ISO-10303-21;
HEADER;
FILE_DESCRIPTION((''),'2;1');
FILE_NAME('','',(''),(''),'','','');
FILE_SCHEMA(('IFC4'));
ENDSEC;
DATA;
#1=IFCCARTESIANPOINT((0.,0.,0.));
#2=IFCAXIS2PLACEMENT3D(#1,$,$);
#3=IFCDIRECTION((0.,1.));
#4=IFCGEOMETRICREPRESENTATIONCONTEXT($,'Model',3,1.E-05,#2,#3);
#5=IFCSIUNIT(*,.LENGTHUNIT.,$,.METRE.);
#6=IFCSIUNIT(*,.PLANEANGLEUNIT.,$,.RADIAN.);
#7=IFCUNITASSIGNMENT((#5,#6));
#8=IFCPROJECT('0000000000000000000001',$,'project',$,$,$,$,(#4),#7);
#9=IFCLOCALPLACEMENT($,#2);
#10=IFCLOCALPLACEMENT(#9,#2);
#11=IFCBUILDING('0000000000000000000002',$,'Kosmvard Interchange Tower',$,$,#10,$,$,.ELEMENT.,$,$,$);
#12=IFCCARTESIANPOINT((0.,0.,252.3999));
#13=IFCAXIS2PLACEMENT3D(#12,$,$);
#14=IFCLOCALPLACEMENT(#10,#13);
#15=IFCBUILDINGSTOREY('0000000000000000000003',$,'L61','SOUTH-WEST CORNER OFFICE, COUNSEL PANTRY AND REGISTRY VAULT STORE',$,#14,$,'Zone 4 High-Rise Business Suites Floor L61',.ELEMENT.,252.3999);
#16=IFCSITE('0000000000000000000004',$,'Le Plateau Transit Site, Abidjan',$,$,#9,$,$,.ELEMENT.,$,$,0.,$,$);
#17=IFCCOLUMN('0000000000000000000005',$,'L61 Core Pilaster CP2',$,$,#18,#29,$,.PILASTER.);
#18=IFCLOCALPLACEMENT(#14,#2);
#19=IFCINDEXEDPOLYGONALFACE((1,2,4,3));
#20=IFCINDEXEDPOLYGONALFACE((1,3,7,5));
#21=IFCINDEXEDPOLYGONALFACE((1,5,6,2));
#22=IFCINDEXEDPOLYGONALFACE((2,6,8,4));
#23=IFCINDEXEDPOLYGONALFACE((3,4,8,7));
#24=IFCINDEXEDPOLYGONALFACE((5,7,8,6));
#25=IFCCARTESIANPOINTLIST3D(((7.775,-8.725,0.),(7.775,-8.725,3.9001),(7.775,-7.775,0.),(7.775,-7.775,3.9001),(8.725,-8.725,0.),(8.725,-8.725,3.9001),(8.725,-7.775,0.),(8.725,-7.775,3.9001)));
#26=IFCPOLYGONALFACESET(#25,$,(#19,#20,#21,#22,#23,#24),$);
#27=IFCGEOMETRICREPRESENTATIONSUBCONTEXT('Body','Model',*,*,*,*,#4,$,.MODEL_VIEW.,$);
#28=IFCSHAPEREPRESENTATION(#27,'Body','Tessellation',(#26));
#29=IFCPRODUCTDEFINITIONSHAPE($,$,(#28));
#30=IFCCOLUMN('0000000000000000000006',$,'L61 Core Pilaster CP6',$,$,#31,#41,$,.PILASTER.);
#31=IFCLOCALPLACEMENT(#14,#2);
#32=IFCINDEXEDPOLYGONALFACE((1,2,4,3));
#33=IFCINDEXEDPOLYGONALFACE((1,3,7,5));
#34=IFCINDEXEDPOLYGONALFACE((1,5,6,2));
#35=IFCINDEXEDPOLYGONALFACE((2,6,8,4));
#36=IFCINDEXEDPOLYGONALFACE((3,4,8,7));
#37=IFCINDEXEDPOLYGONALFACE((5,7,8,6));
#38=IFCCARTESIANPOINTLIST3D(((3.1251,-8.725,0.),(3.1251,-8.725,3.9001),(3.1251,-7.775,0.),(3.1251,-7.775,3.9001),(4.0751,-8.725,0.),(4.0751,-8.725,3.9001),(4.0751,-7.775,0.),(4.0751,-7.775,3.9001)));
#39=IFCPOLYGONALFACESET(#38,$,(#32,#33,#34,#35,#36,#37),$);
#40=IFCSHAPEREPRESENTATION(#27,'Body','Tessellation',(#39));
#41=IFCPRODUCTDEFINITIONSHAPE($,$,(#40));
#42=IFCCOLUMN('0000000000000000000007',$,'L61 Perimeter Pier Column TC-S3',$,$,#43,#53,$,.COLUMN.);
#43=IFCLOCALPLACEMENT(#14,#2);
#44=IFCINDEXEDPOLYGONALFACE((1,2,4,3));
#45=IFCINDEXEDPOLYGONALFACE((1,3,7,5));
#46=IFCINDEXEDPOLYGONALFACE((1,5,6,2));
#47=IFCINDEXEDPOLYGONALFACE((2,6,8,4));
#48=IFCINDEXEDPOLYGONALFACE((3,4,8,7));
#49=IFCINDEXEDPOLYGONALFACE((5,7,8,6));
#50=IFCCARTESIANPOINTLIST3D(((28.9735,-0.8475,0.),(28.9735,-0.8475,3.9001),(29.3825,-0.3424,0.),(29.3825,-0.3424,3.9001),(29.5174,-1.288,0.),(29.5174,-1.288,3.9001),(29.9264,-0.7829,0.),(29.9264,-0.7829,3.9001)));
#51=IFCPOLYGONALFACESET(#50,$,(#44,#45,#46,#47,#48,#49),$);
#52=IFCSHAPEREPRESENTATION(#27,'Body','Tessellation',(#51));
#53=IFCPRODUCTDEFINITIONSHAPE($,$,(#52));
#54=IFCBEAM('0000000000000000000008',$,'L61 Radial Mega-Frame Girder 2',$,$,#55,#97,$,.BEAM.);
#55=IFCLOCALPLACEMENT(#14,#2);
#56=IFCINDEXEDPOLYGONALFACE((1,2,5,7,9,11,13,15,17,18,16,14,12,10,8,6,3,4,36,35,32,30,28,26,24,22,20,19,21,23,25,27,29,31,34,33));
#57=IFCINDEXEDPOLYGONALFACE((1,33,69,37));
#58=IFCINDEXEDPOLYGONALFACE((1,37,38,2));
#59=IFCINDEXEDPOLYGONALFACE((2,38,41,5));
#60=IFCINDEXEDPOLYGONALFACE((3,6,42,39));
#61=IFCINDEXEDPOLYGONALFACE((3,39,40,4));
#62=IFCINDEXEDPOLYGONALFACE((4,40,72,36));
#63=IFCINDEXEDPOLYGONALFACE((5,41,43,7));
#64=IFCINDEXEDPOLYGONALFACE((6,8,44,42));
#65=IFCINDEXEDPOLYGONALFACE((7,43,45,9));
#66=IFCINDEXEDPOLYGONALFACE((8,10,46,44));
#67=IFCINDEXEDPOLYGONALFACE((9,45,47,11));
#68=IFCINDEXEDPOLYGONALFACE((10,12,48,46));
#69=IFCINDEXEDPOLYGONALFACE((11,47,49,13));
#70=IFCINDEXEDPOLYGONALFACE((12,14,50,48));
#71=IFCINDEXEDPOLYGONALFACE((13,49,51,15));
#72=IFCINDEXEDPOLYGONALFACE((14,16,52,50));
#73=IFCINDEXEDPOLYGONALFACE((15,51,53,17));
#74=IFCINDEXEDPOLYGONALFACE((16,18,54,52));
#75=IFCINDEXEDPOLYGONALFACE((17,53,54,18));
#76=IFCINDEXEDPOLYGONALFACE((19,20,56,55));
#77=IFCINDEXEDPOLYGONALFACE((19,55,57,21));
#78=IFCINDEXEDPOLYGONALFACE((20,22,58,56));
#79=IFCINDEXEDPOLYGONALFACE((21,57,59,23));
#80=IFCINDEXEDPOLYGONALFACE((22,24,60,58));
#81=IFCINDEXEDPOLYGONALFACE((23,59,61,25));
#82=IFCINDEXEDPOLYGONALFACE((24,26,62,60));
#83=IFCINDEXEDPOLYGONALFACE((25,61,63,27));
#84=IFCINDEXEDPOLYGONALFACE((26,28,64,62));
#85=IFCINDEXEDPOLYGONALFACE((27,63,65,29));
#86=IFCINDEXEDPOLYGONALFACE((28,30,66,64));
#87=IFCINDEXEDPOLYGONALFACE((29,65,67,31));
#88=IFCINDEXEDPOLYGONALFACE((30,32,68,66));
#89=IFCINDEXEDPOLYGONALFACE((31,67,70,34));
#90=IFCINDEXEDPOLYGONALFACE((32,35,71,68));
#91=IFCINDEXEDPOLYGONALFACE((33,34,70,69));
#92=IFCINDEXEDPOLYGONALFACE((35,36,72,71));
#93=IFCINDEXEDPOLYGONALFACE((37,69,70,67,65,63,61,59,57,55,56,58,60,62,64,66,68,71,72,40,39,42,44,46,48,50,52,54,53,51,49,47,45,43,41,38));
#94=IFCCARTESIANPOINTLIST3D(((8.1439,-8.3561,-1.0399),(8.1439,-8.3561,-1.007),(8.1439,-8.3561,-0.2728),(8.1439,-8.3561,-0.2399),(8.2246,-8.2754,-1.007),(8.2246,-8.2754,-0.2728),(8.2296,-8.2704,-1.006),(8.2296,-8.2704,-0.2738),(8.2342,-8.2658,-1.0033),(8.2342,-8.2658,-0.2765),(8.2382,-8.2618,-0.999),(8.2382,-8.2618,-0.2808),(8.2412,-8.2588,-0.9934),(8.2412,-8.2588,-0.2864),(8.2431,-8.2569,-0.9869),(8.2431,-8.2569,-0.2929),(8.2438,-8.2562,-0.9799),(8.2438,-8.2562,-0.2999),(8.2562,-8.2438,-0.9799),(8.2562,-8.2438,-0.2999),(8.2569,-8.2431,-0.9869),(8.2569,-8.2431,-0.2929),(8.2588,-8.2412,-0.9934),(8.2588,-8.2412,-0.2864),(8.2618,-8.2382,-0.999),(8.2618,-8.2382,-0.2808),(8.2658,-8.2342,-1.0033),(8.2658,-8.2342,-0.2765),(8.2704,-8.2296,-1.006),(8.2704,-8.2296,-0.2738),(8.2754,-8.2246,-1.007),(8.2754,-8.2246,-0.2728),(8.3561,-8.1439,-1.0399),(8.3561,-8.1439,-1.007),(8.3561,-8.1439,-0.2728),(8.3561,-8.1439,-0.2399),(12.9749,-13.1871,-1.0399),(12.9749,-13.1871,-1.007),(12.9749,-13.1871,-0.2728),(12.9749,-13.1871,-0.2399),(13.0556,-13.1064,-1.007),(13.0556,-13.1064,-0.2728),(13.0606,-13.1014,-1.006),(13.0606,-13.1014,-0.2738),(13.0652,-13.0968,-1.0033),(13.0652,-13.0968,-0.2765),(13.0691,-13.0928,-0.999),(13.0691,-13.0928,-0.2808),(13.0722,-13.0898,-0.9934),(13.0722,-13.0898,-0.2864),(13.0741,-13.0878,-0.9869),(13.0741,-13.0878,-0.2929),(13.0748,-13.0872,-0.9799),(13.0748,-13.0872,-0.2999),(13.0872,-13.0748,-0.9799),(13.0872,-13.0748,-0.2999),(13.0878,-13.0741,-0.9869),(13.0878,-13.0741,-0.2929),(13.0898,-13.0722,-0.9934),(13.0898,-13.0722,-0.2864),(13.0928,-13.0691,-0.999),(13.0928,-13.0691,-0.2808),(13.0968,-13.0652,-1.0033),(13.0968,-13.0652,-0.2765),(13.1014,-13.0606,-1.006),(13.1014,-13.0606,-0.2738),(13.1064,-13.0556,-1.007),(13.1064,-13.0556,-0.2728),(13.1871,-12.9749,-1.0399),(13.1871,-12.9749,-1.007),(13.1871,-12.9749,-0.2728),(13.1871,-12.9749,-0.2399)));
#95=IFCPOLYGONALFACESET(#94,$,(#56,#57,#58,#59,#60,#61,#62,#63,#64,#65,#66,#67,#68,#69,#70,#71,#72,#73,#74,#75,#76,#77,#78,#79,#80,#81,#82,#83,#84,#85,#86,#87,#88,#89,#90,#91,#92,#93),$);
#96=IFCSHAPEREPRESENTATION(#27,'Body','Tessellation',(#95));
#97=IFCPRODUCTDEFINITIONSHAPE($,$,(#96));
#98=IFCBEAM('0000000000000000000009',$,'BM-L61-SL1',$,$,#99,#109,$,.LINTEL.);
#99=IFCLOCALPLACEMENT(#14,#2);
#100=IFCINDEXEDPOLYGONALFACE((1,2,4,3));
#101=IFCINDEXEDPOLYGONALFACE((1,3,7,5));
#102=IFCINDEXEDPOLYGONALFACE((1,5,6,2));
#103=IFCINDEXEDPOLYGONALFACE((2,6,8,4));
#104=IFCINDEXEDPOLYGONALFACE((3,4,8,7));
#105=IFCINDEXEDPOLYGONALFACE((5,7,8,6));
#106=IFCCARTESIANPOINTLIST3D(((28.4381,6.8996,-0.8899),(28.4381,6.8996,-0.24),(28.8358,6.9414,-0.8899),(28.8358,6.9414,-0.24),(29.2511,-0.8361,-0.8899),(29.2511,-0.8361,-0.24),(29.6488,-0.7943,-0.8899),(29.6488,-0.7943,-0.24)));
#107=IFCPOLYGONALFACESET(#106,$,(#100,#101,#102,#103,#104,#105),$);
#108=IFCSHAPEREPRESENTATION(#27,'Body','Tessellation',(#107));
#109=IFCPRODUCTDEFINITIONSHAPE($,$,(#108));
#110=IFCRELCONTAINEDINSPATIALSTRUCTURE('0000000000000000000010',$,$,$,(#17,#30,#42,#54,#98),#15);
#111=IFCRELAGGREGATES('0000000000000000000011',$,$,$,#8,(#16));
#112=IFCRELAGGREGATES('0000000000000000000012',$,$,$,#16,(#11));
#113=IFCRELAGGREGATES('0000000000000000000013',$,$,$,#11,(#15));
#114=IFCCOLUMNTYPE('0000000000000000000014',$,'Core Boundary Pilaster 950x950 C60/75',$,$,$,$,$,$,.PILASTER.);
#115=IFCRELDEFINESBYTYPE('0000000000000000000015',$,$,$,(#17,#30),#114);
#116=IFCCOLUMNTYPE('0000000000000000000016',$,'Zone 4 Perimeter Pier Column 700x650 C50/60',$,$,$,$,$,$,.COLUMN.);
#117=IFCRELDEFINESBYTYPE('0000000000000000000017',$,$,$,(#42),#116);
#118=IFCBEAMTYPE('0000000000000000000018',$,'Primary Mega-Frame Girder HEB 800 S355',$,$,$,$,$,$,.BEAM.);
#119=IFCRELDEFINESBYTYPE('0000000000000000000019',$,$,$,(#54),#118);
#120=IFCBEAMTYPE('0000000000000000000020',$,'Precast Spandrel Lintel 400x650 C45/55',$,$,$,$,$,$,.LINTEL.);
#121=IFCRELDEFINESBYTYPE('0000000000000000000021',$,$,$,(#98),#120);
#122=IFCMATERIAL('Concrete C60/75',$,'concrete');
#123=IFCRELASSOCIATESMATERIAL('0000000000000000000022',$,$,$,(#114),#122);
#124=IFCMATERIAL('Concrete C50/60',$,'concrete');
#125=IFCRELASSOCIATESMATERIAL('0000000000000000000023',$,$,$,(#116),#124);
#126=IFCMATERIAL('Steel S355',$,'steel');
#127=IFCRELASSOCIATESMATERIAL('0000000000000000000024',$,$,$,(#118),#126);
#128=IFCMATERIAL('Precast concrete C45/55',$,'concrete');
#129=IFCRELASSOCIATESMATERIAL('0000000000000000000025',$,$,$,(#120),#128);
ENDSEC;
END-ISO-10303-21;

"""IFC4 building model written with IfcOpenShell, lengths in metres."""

from ifc_helpers import new_model, si_unit, direction, frame, origin, origin_2d, place, context, subcontext, project, spatial, rectangle, i_section, extrude, source, transform, mapped, material, material_profile, profile_set, type_object, element, save


model = new_model("IFC4")

# Units and contexts
model_context = context("Model", 3, precision=1e-05, world=origin(), true_north=direction((0.0, 1.0)))
body_context = subcontext(model_context, "Body", "Model", "MODEL_VIEW")
ifc_project = project(units=[si_unit("LENGTHUNIT", "METRE"), si_unit("PLANEANGLEUNIT", "RADIAN")], contexts=[model_context])

# Site, building, storey
site_placement = place(None, origin())
site = spatial("IfcSite", under=ifc_project, at=site_placement, Name="Le Plateau Transit Site, Abidjan", CompositionType="ELEMENT", RefElevation=0.0)
building_placement = place(site_placement, origin())
building = spatial("IfcBuilding", under=site, at=building_placement, Name="Kosmvard Interchange Tower", CompositionType="ELEMENT")
storey_placement = place(building_placement, frame((0.0, 0.0, 252.3999)))
storey = spatial("IfcBuildingStorey", under=building, at=storey_placement, Name="L61", Description="SOUTH-WEST CORNER OFFICE, COUNSEL PANTRY AND REGISTRY VAULT STORE", LongName="Zone 4 High-Rise Business Suites Floor L61", CompositionType="ELEMENT", Elevation=252.3999)

# Columns
ifc_material_1 = material(Name="Concrete C60/75", Category="concrete")
ifc_material_profile_1 = material_profile(ifc_material_1, rectangle(XDim=0.95, YDim=0.95, at=origin_2d()), Name="CP 950x950")
ifc_profile_set_1 = profile_set([ifc_material_profile_1], Name="Concrete C60/75")
column_type_1 = type_object("IfcColumnType", Name="Core Boundary Pilaster 950x950 C60/75", PredefinedType="PILASTER", material=ifc_profile_set_1)
shared_shape_1 = source(origin(), body_context, "Body", "SweptSolid", [
    extrude(rectangle(XDim=0.95, YDim=0.95, at=origin_2d()), origin(), (0.0, 0.0, 1.0), 3.9001),
])
for number, where, z_axis, x_axis, name in (
    (1, (8.25, -8.25, 0.0), (0.0, 0.0, 1.0), (1.0, 0.0, 0.0), "L61 Core Pilaster CP2"),
    (2, (3.6001, -8.25, 0.0), (0.0, 0.0, 1.0), (1.0, 0.0, 0.0), "L61 Core Pilaster CP6"),
):
    element("IfcColumn", number, at=place(storey_placement, frame(where, z_axis=z_axis, x_axis=x_axis)), inside=storey, type_object=column_type_1, Name=name, PredefinedType="PILASTER", context=body_context, shape_type="MappedRepresentation", body=[
        mapped(shared_shape_1, transform((0.0, 0.0, 0.0), scale=1.0)),
    ])
ifc_material_2 = material(Name="Concrete C50/60", Category="concrete")
ifc_material_profile_2 = material_profile(ifc_material_2, rectangle(XDim=0.6499, YDim=0.7, at=origin_2d()), Name="TC 700x650")
ifc_profile_set_2 = profile_set([ifc_material_profile_2], Name="Concrete C50/60")
column_type_2 = type_object("IfcColumnType", Name="Zone 4 Perimeter Pier Column 700x650 C50/60", PredefinedType="COLUMN", material=ifc_profile_set_2)
shared_shape_2 = source(origin(), body_context, "Body", "SweptSolid", [
    extrude(rectangle(XDim=0.6499, YDim=0.7, at=origin_2d()), origin(), (0.0, 0.0, 1.0), 3.9001),
])
column_placement = place(storey_placement, frame((29.45, -0.8152, 0.0), z_axis=(0.0, 0.0, 1.0), x_axis=(0.62932, 0.777146, 0.0)))
element("IfcColumn", 3, at=column_placement, inside=storey, type_object=column_type_2, Name="L61 Perimeter Pier Column TC-S3", PredefinedType="COLUMN", context=body_context, shape_type="MappedRepresentation", body=[
    mapped(shared_shape_2, transform((0.0, 0.0, 0.0), scale=1.0)),
])

# Beams
ifc_material_3 = material(Name="Steel S355", Category="steel")
ifc_material_profile_3 = material_profile(ifc_material_3, i_section(OverallWidth=0.3, OverallDepth=0.8, WebThickness=0.0176, FlangeThickness=0.033, FilletRadius=0.0271, at=origin_2d()), Name="HEB 800")
ifc_profile_set_3 = profile_set([ifc_material_profile_3], Name="Steel S355")
beam_type_1 = type_object("IfcBeamType", Name="Primary Mega-Frame Girder HEB 800 S355", PredefinedType="BEAM", material=ifc_profile_set_3)
shared_shape_3 = source(origin(), body_context, "Body", "SweptSolid", [
    extrude(i_section(OverallWidth=0.3, OverallDepth=0.8, WebThickness=0.0176, FlangeThickness=0.033, FilletRadius=0.0271, at=origin_2d()), origin(), (0.0, 0.0, 1.0), 6.832),
])
beam_1_placement = place(storey_placement, frame((8.25, -8.25, -0.6399), z_axis=(0.707107, -0.707107, 0.0), x_axis=(0.707107, 0.707107, 0.0)))
element("IfcBeam", 4, at=beam_1_placement, inside=storey, type_object=beam_type_1, Name="L61 Radial Mega-Frame Girder 2", PredefinedType="BEAM", context=body_context, shape_type="MappedRepresentation", body=[
    mapped(shared_shape_3, transform((0.0, 0.0, 0.0), scale=1.0)),
])
ifc_material_4 = material(Name="Precast concrete C45/55", Category="concrete")
ifc_material_profile_4 = material_profile(ifc_material_4, rectangle(XDim=0.3999, YDim=0.6499, at=origin_2d()), Name="SL 400x650")
ifc_profile_set_4 = profile_set([ifc_material_profile_4], Name="Precast concrete C45/55")
beam_type_2 = type_object("IfcBeamType", Name="Precast Spandrel Lintel 400x650 C45/55", PredefinedType="LINTEL", material=ifc_profile_set_4)
shared_shape_4 = source(origin(), body_context, "Body", "SweptSolid", [
    extrude(rectangle(XDim=0.3999, YDim=0.6499, at=origin_2d()), origin(), (0.0, 0.0, 1.0), 7.7783),
])
beam_2_placement = place(storey_placement, frame((29.45, -0.8152, -0.5649), z_axis=(-0.104521, 0.994523, 0.0), x_axis=(-0.994523, -0.104521, 0.0)))
element("IfcBeam", 5, at=beam_2_placement, inside=storey, type_object=beam_type_2, Name="BM-L61-SL1", PredefinedType="LINTEL", context=body_context, shape_type="MappedRepresentation", body=[
    mapped(shared_shape_4, transform((0.0, 0.0, 0.0), scale=1.0)),
])

save(model, "model.ifc")
